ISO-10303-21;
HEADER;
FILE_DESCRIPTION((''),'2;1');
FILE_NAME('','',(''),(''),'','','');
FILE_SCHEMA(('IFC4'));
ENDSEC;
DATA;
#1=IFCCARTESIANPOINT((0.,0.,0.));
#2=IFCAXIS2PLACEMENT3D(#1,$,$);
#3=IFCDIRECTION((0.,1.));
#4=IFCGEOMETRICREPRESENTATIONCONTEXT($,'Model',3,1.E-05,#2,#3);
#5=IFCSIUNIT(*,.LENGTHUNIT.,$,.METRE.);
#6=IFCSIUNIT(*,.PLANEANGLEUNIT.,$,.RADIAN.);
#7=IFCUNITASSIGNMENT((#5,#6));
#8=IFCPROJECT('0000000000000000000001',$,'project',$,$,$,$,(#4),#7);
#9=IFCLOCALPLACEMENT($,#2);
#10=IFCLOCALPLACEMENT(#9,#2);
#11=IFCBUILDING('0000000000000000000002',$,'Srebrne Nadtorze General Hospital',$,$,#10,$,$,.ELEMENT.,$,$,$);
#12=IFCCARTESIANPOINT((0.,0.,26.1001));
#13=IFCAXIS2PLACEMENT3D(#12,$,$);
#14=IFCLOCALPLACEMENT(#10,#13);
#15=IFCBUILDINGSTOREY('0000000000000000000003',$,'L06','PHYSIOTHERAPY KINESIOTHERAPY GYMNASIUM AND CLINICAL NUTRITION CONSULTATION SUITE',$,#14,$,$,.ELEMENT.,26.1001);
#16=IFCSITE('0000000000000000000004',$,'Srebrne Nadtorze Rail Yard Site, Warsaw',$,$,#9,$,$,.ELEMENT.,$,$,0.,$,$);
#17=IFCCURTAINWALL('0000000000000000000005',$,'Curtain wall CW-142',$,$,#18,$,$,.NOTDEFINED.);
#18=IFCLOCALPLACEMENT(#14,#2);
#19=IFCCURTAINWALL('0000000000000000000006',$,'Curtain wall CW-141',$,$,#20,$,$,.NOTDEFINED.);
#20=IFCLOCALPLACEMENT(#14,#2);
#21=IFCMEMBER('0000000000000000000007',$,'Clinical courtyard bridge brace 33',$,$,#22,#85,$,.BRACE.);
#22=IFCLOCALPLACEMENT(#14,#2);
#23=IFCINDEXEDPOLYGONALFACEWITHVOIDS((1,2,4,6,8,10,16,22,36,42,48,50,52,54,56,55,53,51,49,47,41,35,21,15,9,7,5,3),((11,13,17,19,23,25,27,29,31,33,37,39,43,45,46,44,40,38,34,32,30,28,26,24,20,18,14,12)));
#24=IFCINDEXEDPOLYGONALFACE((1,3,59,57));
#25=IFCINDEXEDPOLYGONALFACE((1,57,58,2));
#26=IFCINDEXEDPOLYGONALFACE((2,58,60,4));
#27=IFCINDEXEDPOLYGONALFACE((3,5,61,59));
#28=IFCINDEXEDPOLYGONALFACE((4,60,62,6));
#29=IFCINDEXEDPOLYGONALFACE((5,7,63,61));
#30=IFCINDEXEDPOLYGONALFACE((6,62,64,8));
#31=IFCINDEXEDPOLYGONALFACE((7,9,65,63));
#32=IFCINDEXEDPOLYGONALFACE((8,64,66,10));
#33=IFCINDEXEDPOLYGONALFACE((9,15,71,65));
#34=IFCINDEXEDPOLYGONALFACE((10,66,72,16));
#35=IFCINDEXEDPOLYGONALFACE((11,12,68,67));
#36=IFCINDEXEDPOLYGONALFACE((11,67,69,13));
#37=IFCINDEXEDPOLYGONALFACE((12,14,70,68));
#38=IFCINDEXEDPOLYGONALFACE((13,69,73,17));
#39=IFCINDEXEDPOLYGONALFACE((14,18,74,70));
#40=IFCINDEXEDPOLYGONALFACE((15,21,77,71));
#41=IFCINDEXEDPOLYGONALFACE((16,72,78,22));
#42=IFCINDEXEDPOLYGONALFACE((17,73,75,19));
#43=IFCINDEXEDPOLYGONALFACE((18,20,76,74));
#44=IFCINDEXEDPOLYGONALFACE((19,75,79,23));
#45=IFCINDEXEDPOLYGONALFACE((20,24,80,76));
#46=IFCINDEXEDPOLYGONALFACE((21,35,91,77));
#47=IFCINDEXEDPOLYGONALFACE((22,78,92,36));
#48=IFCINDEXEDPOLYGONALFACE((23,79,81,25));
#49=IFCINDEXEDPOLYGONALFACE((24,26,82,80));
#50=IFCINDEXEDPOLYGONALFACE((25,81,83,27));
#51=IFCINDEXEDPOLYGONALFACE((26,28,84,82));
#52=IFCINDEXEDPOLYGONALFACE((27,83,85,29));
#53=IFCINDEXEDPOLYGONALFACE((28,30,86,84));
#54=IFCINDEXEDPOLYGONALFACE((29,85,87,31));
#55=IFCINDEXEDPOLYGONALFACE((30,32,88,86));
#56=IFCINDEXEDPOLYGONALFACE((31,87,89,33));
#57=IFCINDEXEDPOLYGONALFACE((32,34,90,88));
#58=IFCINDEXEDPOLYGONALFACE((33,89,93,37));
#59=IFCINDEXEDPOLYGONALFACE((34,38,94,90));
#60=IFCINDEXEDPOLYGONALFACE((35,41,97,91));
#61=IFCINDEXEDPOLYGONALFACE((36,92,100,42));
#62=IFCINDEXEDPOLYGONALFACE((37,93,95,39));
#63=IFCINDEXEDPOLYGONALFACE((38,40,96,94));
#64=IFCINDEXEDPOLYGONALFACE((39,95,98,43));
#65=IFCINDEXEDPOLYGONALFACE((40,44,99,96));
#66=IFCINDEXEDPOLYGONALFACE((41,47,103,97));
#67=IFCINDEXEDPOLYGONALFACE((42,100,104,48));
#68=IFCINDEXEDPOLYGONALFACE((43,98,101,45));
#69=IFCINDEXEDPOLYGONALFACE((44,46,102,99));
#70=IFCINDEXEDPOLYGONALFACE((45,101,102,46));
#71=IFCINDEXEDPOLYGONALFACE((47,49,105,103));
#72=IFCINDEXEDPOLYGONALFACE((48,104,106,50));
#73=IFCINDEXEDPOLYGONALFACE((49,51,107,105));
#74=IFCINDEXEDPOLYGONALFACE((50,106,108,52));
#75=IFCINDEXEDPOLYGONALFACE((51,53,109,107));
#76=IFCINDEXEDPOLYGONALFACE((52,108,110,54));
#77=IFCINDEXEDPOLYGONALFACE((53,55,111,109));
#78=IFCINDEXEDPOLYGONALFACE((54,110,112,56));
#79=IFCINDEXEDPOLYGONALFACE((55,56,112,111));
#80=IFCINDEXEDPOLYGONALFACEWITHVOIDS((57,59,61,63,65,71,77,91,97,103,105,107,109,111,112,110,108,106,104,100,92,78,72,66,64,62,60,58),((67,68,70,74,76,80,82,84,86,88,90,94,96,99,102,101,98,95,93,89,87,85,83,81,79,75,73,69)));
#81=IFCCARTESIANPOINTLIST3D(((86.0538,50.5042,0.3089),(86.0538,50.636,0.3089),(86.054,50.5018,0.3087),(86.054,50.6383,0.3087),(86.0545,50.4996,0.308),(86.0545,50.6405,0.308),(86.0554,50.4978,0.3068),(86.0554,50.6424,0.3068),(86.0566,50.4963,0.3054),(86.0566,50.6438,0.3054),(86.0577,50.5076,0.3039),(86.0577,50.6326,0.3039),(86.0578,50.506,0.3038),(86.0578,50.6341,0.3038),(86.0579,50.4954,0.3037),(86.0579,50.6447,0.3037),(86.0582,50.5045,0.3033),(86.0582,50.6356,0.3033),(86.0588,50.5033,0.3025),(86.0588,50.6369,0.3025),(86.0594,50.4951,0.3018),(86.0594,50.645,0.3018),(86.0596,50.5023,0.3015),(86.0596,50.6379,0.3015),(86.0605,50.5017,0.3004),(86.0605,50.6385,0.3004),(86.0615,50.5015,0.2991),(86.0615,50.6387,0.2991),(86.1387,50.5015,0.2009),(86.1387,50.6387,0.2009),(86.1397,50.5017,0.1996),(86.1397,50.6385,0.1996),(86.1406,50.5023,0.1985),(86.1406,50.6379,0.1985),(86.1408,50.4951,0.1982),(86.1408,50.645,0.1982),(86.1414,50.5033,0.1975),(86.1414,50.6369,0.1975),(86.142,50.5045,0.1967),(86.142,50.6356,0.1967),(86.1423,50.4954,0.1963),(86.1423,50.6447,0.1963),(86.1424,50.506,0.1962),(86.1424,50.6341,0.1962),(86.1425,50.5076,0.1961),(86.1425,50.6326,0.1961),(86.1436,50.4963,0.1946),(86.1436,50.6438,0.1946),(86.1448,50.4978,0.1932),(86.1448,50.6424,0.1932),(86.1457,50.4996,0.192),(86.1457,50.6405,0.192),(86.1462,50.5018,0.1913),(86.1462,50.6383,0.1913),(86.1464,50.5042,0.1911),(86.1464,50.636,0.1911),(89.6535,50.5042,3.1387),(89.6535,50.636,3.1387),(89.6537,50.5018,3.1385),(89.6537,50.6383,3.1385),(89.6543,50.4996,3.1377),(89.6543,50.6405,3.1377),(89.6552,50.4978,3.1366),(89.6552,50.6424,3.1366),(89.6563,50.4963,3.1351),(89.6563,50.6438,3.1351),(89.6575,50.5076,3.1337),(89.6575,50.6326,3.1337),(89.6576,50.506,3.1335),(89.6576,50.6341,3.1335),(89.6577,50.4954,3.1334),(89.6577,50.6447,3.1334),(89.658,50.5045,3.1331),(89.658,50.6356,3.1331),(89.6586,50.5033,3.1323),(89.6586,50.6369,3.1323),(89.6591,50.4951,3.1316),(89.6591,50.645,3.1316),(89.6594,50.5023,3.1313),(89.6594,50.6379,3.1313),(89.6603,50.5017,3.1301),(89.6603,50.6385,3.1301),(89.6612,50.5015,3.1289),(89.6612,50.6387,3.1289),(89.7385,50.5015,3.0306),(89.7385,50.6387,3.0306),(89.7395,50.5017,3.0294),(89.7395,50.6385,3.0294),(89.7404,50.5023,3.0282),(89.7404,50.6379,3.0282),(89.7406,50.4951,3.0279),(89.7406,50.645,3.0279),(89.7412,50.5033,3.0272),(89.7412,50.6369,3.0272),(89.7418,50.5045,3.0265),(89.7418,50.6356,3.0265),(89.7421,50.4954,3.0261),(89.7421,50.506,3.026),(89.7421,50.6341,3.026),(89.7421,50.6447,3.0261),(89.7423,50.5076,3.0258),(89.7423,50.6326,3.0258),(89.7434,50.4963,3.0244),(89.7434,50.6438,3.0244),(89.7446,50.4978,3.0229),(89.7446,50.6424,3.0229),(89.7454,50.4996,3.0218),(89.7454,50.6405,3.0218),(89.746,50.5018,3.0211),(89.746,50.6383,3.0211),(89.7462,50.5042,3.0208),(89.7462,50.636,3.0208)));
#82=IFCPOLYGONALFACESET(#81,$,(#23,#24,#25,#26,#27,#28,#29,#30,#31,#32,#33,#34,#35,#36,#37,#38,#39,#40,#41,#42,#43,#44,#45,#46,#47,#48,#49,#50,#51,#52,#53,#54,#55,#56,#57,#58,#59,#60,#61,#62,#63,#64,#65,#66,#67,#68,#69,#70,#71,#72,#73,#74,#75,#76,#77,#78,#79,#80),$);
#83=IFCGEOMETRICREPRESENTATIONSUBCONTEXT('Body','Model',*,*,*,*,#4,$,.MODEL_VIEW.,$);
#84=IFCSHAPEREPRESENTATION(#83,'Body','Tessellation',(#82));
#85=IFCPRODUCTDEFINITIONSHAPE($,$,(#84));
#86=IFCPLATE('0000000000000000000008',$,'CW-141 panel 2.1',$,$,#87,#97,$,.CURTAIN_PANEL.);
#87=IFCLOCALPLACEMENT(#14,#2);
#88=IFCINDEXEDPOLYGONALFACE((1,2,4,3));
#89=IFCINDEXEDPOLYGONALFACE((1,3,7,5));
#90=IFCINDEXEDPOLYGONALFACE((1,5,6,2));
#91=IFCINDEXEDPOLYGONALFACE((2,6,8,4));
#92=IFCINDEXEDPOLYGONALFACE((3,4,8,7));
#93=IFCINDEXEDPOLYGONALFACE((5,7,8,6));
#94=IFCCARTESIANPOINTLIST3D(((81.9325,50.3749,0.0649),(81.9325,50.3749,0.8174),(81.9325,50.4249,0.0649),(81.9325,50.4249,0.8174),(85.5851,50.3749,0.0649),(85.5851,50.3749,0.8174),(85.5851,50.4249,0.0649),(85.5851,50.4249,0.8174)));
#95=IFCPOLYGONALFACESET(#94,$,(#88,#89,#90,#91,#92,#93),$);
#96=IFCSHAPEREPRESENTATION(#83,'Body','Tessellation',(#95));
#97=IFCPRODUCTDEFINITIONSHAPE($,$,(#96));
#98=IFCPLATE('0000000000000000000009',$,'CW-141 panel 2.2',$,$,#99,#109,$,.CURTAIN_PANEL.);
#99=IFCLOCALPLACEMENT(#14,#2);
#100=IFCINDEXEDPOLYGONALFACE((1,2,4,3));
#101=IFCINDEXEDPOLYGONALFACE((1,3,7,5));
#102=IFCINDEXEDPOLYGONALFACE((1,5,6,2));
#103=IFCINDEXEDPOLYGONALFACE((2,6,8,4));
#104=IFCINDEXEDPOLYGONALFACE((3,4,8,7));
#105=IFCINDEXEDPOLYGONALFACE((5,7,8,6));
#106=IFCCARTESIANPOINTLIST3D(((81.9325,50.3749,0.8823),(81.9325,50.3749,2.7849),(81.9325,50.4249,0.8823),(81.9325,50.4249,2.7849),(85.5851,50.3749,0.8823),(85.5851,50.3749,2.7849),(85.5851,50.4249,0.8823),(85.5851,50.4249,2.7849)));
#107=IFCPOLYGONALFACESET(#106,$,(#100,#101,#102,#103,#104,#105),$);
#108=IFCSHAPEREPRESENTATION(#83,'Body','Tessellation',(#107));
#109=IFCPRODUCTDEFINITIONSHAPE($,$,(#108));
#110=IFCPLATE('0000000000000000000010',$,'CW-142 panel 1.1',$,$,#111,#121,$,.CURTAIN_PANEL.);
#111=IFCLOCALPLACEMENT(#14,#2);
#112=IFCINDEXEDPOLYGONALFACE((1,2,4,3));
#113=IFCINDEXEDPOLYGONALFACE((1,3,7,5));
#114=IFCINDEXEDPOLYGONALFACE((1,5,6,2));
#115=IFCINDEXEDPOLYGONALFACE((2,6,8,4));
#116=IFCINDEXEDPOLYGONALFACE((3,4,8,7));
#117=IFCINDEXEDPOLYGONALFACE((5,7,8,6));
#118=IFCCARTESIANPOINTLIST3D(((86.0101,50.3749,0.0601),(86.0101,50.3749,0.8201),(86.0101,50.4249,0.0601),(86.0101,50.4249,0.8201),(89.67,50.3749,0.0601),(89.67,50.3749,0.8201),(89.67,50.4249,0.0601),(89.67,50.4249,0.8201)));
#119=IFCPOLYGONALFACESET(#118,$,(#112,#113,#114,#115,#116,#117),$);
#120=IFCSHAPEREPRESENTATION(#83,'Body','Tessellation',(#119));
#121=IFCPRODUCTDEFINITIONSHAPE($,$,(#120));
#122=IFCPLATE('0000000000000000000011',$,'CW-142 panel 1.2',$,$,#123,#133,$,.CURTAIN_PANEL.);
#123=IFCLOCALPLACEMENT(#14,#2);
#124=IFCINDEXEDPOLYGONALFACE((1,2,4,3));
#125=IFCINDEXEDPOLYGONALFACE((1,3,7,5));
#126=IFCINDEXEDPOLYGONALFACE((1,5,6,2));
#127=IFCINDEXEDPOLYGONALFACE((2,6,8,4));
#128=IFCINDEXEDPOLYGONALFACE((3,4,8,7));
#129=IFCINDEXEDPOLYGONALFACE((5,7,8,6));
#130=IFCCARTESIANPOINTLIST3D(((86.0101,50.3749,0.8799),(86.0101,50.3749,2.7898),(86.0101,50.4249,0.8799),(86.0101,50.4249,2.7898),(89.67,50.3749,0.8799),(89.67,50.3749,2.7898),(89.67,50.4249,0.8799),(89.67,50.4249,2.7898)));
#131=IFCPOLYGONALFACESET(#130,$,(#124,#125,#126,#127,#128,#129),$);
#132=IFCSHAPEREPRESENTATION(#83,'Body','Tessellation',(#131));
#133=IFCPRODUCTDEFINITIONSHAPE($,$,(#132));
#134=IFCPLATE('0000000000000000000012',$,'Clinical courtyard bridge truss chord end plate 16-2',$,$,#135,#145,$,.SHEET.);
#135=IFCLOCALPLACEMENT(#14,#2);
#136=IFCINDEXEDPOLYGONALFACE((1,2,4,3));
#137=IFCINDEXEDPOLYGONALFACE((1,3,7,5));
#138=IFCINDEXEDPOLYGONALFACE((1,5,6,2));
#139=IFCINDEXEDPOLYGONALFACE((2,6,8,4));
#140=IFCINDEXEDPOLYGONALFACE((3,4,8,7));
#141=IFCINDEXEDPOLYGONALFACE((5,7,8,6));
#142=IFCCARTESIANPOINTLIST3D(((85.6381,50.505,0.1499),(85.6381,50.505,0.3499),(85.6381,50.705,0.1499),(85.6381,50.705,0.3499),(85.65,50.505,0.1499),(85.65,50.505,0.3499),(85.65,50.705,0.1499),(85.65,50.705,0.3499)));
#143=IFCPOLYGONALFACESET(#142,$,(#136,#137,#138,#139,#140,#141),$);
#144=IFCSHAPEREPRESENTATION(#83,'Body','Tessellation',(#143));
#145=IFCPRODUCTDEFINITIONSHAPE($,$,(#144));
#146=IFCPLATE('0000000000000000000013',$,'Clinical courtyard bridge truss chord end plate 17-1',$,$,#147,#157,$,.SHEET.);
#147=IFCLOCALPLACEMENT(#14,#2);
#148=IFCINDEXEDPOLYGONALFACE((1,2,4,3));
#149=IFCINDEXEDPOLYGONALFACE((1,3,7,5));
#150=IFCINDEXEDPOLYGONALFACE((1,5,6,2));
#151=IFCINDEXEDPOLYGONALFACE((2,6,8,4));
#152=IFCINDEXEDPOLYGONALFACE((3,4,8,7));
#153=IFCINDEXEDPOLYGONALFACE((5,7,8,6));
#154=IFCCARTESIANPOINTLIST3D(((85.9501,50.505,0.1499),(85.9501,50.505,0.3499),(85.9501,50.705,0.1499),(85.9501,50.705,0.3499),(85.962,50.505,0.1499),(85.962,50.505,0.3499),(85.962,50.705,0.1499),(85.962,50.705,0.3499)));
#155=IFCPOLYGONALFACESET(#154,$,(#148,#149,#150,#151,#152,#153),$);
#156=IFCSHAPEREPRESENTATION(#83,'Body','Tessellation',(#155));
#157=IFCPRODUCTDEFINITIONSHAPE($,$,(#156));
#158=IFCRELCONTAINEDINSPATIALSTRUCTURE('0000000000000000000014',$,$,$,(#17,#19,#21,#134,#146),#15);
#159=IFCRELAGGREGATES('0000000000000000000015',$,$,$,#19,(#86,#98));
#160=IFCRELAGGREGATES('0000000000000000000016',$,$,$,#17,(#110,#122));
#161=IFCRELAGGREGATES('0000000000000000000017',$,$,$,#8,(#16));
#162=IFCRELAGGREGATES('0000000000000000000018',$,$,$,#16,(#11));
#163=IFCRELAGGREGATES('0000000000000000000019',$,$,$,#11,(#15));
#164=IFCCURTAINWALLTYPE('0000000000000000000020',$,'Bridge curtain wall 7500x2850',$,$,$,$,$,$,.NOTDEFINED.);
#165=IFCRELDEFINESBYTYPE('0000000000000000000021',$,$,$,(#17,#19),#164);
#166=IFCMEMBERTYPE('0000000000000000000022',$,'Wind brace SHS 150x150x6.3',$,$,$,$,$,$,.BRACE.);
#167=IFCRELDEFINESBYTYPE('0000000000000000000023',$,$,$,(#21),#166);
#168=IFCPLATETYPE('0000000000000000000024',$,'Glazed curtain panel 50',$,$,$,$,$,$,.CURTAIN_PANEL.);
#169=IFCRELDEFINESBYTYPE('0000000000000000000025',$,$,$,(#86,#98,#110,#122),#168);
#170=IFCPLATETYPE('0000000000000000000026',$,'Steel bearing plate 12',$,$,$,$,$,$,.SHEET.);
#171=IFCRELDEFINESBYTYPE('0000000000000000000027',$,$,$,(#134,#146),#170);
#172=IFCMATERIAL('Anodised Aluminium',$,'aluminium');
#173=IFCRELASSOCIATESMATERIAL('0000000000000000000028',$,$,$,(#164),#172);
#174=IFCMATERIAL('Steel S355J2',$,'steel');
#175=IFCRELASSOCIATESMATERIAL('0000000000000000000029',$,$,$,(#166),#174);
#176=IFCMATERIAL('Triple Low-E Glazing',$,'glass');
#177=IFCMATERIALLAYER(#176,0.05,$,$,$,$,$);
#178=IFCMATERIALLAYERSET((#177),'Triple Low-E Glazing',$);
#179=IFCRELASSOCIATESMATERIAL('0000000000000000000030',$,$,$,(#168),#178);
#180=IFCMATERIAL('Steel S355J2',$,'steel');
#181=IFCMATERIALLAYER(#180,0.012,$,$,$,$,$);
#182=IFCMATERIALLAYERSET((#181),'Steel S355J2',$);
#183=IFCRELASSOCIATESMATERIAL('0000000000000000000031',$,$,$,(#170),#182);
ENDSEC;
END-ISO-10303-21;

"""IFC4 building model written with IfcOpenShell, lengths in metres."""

from ifc_helpers import new_model, si_unit, direction, frame, origin, origin_2d, place, context, subcontext, project, spatial, rectangle, hollow_rectangle, extrude, material, layer, layer_set, material_profile, profile_set, type_object, element, aggregate, save


model = new_model("IFC4")

# Units and contexts
model_context = context("Model", 3, precision=1e-05, world=origin(), true_north=direction((0.0, 1.0)))
body_context = subcontext(model_context, "Body", "Model", "MODEL_VIEW")
ifc_project = project(units=[si_unit("LENGTHUNIT", "METRE"), si_unit("PLANEANGLEUNIT", "RADIAN")], contexts=[model_context])

# Site, building, storey
site_placement = place(None, origin())
site = spatial("IfcSite", under=ifc_project, at=site_placement, Name="Srebrne Nadtorze Rail Yard Site, Warsaw", CompositionType="ELEMENT", RefElevation=0.0)
building_placement = place(site_placement, origin())
building = spatial("IfcBuilding", under=site, at=building_placement, Name="Srebrne Nadtorze General Hospital", CompositionType="ELEMENT")
storey_placement = place(building_placement, frame((0.0, 0.0, 26.1001)))
storey = spatial("IfcBuildingStorey", under=building, at=storey_placement, Name="L06", Description="PHYSIOTHERAPY KINESIOTHERAPY GYMNASIUM AND CLINICAL NUTRITION CONSULTATION SUITE", CompositionType="ELEMENT", Elevation=26.1001)

# Curtain wall
ifc_material_1 = material(Name="Anodised Aluminium", Category="aluminium")
curtain_wall_type = type_object("IfcCurtainWallType", Name="Bridge curtain wall 7500x2850", PredefinedType="NOTDEFINED", material=ifc_material_1)
curtain_wall_1_placement = place(storey_placement, origin())
curtain_wall_1 = element("IfcCurtainWall", 1, at=curtain_wall_1_placement, inside=storey, type_object=curtain_wall_type, Name="Curtain wall CW-142", PredefinedType="NOTDEFINED")

# Curtain wall
curtain_wall_2_placement = place(storey_placement, origin())
curtain_wall_2 = element("IfcCurtainWall", 2, at=curtain_wall_2_placement, inside=storey, type_object=curtain_wall_type, Name="Curtain wall CW-141", PredefinedType="NOTDEFINED")

# Member
ifc_material_2 = material(Name="Steel S355J2", Category="steel")
ifc_material_profile_1 = material_profile(ifc_material_2, hollow_rectangle(XDim=0.1499, YDim=0.1499, WallThickness=0.0063, InnerFilletRadius=0.0061, OuterFilletRadius=0.009, at=origin_2d()), Name="SHS-150x150x6.3")
ifc_profile_set_1 = profile_set([ifc_material_profile_1], Name="Steel S355J2")
member_type_1 = type_object("IfcMemberType", Name="Wind brace SHS 150x150x6.3", PredefinedType="BRACE", material=ifc_profile_set_1)
member_1_placement = place(storey_placement, frame((86.1001, 50.5701, 0.25), z_axis=(0.786172, 0.0, 0.618008), x_axis=(0.0, 1.0, 0.0)))
element("IfcMember", 3, at=member_1_placement, inside=storey, type_object=member_type_1, Name="Clinical courtyard bridge brace 33", PredefinedType="BRACE", context=body_context, shape_type="SweptSolid", body=[
    extrude(hollow_rectangle(XDim=0.1499, YDim=0.1499, WallThickness=0.0063, InnerFilletRadius=0.0061, OuterFilletRadius=0.009, at=origin_2d()), origin(), (0.0, 0.0, 1.0), 4.5789),
])

# Plates
ifc_material_3 = material(Name="Triple Low-E Glazing", Category="glass")
ifc_layer_1 = layer(ifc_material_3, 0.05)
ifc_layer_set_1 = layer_set([ifc_layer_1], Name="Triple Low-E Glazing")
plate_type_1 = type_object("IfcPlateType", Name="Glazed curtain panel 50", PredefinedType="CURTAIN_PANEL", material=ifc_layer_set_1)
plate_1_placement = place(storey_placement, frame((83.7588, 50.3999, 0.0649), z_axis=(0.0, 0.0, 1.0), x_axis=(1.0, 0.0, 0.0)))
plate_1 = element("IfcPlate", 4, at=plate_1_placement, type_object=plate_type_1, Name="CW-141 panel 2.1", PredefinedType="CURTAIN_PANEL", context=body_context, shape_type="SweptSolid", body=[
    extrude(rectangle(XDim=3.6526, YDim=0.05, at=origin_2d()), origin(), (0.0, 0.0, 1.0), 0.7524),
])
plate_2_placement = place(storey_placement, frame((83.7588, 50.3999, 0.8823), z_axis=(0.0, 0.0, 1.0), x_axis=(1.0, 0.0, 0.0)))
plate_2 = element("IfcPlate", 5, at=plate_2_placement, type_object=plate_type_1, Name="CW-141 panel 2.2", PredefinedType="CURTAIN_PANEL", context=body_context, shape_type="SweptSolid", body=[
    extrude(rectangle(XDim=3.6526, YDim=0.05, at=origin_2d()), origin(), (0.0, 0.0, 1.0), 1.9026),
])
aggregate(curtain_wall_2, [plate_1, plate_2])
plate_3_placement = place(storey_placement, frame((87.8401, 50.3999, 0.0601), z_axis=(0.0, 0.0, 1.0), x_axis=(1.0, 0.0, 0.0)))
plate_3 = element("IfcPlate", 6, at=plate_3_placement, type_object=plate_type_1, Name="CW-142 panel 1.1", PredefinedType="CURTAIN_PANEL", context=body_context, shape_type="SweptSolid", body=[
    extrude(rectangle(XDim=3.6599, YDim=0.05, at=origin_2d()), origin(), (0.0, 0.0, 1.0), 0.76),
])
plate_4_placement = place(storey_placement, frame((87.8401, 50.3999, 0.8799), z_axis=(0.0, 0.0, 1.0), x_axis=(1.0, 0.0, 0.0)))
plate_4 = element("IfcPlate", 7, at=plate_4_placement, type_object=plate_type_1, Name="CW-142 panel 1.2", PredefinedType="CURTAIN_PANEL", context=body_context, shape_type="SweptSolid", body=[
    extrude(rectangle(XDim=3.6599, YDim=0.05, at=origin_2d()), origin(), (0.0, 0.0, 1.0), 1.9099),
])
aggregate(curtain_wall_1, [plate_3, plate_4])

# Plates
ifc_material_4 = material(Name="Steel S355J2", Category="steel")
ifc_layer_2 = layer(ifc_material_4, 0.012)
ifc_layer_set_2 = layer_set([ifc_layer_2], Name="Steel S355J2")
plate_type_2 = type_object("IfcPlateType", Name="Steel bearing plate 12", PredefinedType="SHEET", material=ifc_layer_set_2)
for number, where, z_axis, x_axis, name in (
    (8, (85.644, 50.605, 0.1499), (0.0, 0.0, 1.0), (1.0, 0.0, 0.0), "Clinical courtyard bridge truss chord end plate 16-2"),
    (9, (85.9561, 50.605, 0.1499), (0.0, 0.0, 1.0), (1.0, 0.0, 0.0), "Clinical courtyard bridge truss chord end plate 17-1"),
):
    element("IfcPlate", number, at=place(storey_placement, frame(where, z_axis=z_axis, x_axis=x_axis)), inside=storey, type_object=plate_type_2, Name=name, PredefinedType="SHEET", context=body_context, shape_type="SweptSolid", body=[
        extrude(rectangle(XDim=0.012, YDim=0.2, at=origin_2d()), origin(), (0.0, 0.0, 1.0), 0.2),
    ])

save(model, "model.ifc")
